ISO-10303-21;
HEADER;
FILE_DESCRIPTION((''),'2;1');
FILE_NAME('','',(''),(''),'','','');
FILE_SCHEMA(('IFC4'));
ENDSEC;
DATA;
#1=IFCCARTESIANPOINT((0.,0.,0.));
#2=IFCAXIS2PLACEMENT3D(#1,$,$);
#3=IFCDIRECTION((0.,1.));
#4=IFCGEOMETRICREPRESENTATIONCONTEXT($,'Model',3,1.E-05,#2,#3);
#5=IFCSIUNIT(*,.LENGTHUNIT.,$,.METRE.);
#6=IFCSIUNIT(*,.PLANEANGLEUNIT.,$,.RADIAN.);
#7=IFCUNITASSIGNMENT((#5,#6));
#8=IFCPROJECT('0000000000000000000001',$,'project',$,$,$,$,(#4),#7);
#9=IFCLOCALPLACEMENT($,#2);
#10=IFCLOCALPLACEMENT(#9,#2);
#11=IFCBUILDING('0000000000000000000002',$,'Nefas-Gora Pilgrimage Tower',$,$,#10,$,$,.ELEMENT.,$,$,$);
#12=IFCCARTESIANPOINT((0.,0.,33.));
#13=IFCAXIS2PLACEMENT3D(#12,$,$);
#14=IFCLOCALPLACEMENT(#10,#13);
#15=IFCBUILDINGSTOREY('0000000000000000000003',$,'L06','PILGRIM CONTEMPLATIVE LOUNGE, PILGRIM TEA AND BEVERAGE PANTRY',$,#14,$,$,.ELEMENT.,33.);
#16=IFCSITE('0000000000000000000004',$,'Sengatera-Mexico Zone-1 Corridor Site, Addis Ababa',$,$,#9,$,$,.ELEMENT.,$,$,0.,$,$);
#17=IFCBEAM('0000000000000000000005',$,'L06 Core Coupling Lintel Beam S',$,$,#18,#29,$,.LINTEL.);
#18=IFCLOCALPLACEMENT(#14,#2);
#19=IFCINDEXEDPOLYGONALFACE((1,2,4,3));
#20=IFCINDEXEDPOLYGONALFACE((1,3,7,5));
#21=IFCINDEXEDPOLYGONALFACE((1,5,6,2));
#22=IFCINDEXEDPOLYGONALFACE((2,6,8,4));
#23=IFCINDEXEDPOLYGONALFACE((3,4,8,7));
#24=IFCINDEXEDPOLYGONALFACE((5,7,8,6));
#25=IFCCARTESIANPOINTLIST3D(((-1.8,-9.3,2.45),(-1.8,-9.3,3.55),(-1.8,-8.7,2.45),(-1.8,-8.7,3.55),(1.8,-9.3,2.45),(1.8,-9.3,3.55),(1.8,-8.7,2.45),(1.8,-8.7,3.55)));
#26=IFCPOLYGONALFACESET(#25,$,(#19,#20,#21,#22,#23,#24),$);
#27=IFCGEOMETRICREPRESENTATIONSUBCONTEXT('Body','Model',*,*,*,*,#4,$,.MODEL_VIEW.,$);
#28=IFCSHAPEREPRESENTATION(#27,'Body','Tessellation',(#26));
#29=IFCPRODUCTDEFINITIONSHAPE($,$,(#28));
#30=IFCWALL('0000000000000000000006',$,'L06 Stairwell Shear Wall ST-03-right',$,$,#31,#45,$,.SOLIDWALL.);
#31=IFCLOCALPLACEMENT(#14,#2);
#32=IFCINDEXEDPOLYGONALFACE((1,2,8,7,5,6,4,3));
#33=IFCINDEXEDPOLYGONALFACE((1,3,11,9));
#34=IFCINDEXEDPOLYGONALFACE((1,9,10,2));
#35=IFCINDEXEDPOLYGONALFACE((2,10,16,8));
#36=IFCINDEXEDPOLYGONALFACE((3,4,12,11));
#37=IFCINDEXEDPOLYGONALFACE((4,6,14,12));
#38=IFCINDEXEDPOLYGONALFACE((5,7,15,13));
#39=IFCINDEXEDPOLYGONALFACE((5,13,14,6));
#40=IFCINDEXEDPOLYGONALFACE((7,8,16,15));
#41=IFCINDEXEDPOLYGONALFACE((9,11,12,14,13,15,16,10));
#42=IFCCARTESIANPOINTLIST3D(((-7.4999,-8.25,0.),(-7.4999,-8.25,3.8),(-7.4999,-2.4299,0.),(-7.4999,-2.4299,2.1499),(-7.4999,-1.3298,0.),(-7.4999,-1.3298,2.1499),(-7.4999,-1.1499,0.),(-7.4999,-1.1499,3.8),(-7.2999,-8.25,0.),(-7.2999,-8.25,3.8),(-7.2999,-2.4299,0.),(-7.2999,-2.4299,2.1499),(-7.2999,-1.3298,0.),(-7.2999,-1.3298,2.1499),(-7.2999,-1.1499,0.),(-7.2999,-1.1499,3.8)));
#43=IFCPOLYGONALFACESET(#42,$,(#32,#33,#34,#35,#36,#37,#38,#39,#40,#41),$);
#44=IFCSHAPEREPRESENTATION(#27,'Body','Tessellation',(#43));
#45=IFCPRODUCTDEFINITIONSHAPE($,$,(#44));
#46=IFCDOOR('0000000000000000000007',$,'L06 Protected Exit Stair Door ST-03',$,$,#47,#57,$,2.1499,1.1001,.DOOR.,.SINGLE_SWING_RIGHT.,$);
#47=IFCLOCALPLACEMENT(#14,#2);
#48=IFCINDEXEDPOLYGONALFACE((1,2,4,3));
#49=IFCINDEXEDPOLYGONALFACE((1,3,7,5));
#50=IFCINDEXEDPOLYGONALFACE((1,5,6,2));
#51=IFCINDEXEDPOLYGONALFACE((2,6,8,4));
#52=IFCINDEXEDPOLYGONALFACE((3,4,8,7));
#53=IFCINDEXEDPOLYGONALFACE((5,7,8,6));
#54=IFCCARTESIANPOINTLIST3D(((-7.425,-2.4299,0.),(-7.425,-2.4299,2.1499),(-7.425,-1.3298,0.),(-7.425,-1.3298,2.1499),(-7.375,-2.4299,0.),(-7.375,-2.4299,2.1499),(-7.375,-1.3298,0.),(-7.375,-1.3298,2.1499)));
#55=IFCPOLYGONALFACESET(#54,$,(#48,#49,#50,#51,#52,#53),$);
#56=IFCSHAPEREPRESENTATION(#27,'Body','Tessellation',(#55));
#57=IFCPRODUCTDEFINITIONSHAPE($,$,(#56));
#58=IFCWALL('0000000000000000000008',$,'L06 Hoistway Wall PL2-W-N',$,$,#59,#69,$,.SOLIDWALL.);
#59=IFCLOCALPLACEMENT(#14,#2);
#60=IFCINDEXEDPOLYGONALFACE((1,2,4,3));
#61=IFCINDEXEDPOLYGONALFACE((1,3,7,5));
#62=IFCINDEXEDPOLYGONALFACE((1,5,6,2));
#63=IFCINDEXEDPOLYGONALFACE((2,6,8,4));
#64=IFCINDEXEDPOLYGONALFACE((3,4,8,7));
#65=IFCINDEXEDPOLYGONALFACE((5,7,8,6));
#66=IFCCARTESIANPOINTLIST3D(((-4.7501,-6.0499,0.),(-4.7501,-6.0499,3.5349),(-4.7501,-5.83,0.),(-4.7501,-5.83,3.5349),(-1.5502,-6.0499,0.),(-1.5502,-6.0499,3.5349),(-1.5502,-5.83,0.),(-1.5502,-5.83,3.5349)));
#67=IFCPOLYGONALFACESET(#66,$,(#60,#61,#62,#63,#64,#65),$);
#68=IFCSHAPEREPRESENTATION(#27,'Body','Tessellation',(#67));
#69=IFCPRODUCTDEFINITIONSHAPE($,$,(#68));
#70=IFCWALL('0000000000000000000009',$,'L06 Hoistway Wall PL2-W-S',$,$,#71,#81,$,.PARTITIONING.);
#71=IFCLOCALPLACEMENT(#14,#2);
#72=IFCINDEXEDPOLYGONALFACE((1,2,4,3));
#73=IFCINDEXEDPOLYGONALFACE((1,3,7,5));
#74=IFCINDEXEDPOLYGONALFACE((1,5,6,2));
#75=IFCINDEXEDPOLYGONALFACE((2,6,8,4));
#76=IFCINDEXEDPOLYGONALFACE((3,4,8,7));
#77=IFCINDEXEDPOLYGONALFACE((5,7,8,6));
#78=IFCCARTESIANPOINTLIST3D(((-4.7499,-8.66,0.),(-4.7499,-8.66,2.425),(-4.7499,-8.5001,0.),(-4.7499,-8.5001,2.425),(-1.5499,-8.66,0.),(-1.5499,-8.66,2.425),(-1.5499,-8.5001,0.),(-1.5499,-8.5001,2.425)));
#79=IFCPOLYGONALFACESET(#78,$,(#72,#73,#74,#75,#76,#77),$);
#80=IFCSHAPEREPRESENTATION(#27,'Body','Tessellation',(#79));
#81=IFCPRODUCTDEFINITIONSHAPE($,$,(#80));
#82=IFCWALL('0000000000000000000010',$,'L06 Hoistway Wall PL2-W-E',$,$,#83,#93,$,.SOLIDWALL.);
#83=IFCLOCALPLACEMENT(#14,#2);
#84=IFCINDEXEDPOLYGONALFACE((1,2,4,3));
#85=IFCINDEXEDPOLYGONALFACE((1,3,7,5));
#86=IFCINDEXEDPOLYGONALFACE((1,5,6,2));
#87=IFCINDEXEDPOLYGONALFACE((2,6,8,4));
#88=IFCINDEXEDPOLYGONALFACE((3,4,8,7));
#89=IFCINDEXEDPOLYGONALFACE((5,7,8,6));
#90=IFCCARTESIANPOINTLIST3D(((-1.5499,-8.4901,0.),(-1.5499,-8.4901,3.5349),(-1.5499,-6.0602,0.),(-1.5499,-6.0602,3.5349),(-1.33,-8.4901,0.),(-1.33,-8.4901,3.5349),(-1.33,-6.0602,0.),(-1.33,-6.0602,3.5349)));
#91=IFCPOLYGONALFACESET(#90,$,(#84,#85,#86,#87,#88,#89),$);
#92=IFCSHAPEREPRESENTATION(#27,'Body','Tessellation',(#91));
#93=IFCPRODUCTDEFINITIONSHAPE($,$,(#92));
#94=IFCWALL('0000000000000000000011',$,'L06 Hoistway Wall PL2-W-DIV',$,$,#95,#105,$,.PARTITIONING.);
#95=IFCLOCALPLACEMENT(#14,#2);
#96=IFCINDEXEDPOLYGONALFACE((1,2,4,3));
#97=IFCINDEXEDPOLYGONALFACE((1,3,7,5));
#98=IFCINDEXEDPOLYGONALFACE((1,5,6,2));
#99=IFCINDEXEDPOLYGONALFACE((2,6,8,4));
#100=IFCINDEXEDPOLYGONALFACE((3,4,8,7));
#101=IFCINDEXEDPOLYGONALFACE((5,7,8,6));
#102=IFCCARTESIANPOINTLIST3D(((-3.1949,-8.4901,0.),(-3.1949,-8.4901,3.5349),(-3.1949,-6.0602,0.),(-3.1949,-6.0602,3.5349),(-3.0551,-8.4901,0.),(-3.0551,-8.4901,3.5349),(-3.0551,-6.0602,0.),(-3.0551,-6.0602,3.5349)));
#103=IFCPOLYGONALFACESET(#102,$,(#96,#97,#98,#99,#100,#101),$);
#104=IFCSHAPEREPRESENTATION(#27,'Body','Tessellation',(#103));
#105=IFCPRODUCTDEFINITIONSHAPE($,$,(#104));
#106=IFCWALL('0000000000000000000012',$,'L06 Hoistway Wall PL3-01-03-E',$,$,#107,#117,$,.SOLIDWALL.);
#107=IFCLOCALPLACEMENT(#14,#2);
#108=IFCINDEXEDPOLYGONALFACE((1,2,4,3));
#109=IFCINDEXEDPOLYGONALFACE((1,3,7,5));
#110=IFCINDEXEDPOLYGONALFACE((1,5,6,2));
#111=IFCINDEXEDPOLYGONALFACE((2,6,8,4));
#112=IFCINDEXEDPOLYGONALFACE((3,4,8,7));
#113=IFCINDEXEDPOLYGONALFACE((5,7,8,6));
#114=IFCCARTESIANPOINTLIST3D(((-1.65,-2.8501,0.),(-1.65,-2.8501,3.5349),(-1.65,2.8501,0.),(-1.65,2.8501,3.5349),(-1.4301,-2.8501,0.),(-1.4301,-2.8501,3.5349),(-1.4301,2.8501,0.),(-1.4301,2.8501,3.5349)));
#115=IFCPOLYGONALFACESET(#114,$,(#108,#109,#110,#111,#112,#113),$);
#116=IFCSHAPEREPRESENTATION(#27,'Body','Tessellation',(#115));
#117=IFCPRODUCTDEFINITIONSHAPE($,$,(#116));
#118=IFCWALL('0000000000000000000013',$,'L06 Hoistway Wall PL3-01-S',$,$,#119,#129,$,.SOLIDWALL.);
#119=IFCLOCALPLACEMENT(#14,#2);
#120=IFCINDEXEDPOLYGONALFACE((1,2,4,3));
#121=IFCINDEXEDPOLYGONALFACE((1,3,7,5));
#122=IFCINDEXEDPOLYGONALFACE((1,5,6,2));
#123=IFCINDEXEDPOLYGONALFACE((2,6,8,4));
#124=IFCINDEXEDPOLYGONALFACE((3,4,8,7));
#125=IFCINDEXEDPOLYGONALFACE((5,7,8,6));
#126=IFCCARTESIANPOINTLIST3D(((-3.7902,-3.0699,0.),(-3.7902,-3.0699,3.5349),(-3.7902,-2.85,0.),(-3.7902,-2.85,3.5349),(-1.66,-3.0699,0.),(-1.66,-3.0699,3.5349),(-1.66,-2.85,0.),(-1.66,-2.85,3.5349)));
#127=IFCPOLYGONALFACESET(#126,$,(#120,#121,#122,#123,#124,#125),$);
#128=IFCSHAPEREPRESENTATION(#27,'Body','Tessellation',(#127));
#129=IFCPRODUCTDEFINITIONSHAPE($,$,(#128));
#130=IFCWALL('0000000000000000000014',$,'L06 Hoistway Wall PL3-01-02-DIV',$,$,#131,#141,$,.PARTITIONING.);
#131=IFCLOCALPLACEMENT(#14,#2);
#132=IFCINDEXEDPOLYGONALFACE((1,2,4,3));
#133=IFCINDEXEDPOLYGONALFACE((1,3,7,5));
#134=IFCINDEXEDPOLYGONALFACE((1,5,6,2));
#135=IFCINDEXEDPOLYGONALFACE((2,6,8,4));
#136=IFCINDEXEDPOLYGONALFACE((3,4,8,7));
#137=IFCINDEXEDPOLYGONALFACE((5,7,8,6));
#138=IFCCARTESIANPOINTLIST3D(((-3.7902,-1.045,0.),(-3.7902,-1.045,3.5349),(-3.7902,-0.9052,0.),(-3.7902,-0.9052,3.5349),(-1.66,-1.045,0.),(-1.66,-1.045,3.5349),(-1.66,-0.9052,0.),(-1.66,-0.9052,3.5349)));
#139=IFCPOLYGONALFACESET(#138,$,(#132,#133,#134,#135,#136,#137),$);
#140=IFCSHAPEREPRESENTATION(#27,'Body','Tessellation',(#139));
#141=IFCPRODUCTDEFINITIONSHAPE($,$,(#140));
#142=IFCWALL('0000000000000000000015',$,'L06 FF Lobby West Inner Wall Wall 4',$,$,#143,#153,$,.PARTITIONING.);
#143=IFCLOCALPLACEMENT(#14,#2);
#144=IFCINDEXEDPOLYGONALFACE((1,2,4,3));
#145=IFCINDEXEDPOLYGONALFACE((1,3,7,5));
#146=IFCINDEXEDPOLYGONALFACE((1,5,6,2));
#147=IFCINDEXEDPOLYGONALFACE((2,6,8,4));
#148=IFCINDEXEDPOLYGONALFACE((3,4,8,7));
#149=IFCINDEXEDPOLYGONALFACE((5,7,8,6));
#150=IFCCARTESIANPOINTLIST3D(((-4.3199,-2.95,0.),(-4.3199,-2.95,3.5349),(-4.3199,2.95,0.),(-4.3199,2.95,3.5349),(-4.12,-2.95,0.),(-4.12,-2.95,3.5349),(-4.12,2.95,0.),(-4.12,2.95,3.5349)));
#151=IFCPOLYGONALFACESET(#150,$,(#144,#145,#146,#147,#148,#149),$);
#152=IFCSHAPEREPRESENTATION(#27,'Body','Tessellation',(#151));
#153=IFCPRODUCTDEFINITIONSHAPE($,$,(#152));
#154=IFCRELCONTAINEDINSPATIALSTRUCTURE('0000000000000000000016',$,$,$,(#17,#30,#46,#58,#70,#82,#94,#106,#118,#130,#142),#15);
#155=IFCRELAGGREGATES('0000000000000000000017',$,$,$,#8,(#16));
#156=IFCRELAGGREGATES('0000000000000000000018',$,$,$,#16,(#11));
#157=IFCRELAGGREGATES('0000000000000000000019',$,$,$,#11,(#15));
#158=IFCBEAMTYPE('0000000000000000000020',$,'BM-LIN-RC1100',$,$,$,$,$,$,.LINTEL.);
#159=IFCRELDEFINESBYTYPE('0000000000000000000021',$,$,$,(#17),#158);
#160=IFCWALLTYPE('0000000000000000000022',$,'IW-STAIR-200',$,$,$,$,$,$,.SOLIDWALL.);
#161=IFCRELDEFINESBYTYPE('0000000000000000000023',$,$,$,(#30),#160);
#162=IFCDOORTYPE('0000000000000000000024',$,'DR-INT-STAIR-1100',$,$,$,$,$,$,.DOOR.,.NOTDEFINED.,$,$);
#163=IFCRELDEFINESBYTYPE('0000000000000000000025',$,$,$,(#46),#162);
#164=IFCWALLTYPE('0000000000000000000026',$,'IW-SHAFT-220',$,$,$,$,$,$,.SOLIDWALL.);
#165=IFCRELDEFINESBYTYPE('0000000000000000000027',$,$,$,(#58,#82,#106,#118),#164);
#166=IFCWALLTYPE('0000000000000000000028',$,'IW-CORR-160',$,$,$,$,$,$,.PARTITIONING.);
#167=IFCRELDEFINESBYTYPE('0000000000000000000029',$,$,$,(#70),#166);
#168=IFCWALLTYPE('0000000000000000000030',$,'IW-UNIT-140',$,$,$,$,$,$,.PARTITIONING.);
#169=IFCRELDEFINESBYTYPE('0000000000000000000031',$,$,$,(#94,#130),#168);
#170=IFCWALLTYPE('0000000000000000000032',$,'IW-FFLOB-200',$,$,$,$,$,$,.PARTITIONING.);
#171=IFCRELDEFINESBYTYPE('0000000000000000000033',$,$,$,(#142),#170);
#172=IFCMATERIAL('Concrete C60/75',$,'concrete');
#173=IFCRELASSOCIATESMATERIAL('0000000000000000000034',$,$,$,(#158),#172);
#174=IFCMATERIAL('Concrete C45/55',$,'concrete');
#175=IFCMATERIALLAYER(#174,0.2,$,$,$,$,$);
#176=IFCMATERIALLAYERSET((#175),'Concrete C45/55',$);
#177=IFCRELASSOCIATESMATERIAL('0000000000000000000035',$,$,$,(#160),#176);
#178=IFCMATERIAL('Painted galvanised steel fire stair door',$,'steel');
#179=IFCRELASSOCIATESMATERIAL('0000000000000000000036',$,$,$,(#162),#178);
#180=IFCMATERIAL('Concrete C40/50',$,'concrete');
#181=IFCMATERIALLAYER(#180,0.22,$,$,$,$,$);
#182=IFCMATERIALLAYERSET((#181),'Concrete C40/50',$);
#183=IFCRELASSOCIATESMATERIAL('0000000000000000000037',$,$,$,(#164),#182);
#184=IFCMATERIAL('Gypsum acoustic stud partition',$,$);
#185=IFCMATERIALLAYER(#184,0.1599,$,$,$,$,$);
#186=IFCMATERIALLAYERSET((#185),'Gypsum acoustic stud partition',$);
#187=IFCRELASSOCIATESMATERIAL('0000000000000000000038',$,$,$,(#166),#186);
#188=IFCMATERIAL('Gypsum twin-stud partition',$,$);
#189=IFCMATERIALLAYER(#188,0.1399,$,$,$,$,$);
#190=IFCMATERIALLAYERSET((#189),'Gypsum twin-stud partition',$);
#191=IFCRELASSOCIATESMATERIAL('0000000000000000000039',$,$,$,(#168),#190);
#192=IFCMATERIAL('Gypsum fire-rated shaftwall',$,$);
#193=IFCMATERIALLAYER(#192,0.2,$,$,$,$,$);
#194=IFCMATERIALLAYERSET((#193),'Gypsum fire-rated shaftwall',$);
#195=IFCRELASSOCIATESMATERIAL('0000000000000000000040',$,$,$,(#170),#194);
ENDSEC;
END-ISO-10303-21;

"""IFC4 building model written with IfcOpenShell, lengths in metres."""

from ifc_helpers import new_model, si_unit, direction, frame, frame_2d, origin, origin_2d, place, context, subcontext, project, spatial, rectangle, extrude, source, transform, mapped, material, layer, layer_set, material_profile, profile_set, type_object, element, fill, save


model = new_model("IFC4")

# Units and contexts
model_context = context("Model", 3, precision=1e-05, world=origin(), true_north=direction((0.0, 1.0)))
body_context = subcontext(model_context, "Body", "Model", "MODEL_VIEW")
ifc_project = project(units=[si_unit("LENGTHUNIT", "METRE"), si_unit("PLANEANGLEUNIT", "RADIAN")], contexts=[model_context])

# Site, building, storey
site_placement = place(None, origin())
site = spatial("IfcSite", under=ifc_project, at=site_placement, Name="Sengatera-Mexico Zone-1 Corridor Site, Addis Ababa", CompositionType="ELEMENT", RefElevation=0.0)
building_placement = place(site_placement, origin())
building = spatial("IfcBuilding", under=site, at=building_placement, Name="Nefas-Gora Pilgrimage Tower", CompositionType="ELEMENT")
storey_placement = place(building_placement, frame((0.0, 0.0, 33.0)))
storey = spatial("IfcBuildingStorey", under=building, at=storey_placement, Name="L06", Description="PILGRIM CONTEMPLATIVE LOUNGE, PILGRIM TEA AND BEVERAGE PANTRY", CompositionType="ELEMENT", Elevation=33.0)

# Beam
ifc_material_1 = material(Name="Concrete C60/75", Category="concrete")
ifc_material_profile = material_profile(ifc_material_1, rectangle(XDim=0.6001, YDim=1.1001, at=origin_2d()), Name="RC 600x1100")
ifc_profile_set = profile_set([ifc_material_profile], Name="Concrete C60/75")
beam_type = type_object("IfcBeamType", Name="BM-LIN-RC1100", PredefinedType="LINTEL", material=ifc_profile_set)
shared_shape_1 = source(origin(), body_context, "Body", "SweptSolid", [
    extrude(rectangle(XDim=0.6001, YDim=1.1001, at=origin_2d()), origin(), (0.0, 0.0, 1.0), 3.6001),
])
beam_placement = place(storey_placement, frame((-1.8, -9.0, 3.0), z_axis=(1.0, 0.0, 0.0), x_axis=(0.0, 1.0, 0.0)))
element("IfcBeam", 1, at=beam_placement, inside=storey, type_object=beam_type, Name="L06 Core Coupling Lintel Beam S", PredefinedType="LINTEL", context=body_context, shape_type="MappedRepresentation", body=[
    mapped(shared_shape_1, transform((0.0, 0.0, 0.0), x_axis=(1.0, 0.0, 0.0), y_axis=(0.0, 1.0, 0.0), z_axis=(0.0, 0.0, 1.0), scale=1.0)),
])

# Wall, opening, door
ifc_material_2 = material(Name="Concrete C45/55", Category="concrete")
ifc_layer_1 = layer(ifc_material_2, 0.2)
ifc_layer_set_1 = layer_set([ifc_layer_1], Name="Concrete C45/55")
wall_type_1 = type_object("IfcWallType", Name="IW-STAIR-200", PredefinedType="SOLIDWALL", material=ifc_layer_set_1)
shared_shape_2 = source(origin(), body_context, "Body", "SweptSolid", [
    extrude(rectangle(XDim=7.1001, YDim=0.2, at=frame_2d((3.55, 0.0))), origin(), (0.0, 0.0, 1.0), 3.8),
])
wall_1_placement = place(storey_placement, frame((-7.3999, -1.1499, 0.0), z_axis=(0.0, 0.0, 1.0), x_axis=(0.0, -1.0, 0.0)))
wall_1 = element("IfcWall", 2, at=wall_1_placement, inside=storey, type_object=wall_type_1, Name="L06 Stairwell Shear Wall ST-03-right", PredefinedType="SOLIDWALL", context=body_context, shape_type="MappedRepresentation", body=[
    mapped(shared_shape_2, transform((0.0, 0.0, 0.0), x_axis=(1.0, 0.0, 0.0), y_axis=(0.0, 1.0, 0.0), z_axis=(0.0, 0.0, 1.0), scale=1.0)),
])
opening_1_placement = place(wall_1_placement, frame((0.1799, 0.0, 0.0)))
opening_1 = element("IfcOpeningElement", 3, at=opening_1_placement, cuts=wall_1, PredefinedType="OPENING", context=body_context, shape_type="SweptSolid", body=[
    extrude(rectangle(XDim=1.1001, YDim=2.1499, at=frame_2d((0.55, 1.075))), frame((0.0, 0.1099, 0.0), z_axis=(0.0, -1.0, 0.0), x_axis=(1.0, 0.0, 0.0)), (0.0, 0.0, 1.0), 0.22),
])
ifc_material_3 = material(Name="Painted galvanised steel fire stair door", Category="steel")
door_type_1 = type_object("IfcDoorType", Name="DR-INT-STAIR-1100", OperationType="NOTDEFINED", PredefinedType="DOOR", material=ifc_material_3)
shared_shape_3 = source(origin(), body_context, "Body", "SweptSolid", [
    extrude(rectangle(XDim=1.1001, YDim=2.1499, at=frame_2d((0.55, 1.075))), frame((0.0, 0.0249, 0.0), z_axis=(0.0, -1.0, 0.0), x_axis=(1.0, 0.0, 0.0)), (0.0, 0.0, 1.0), 0.05),
])
door_1_placement = place(opening_1_placement, origin())
door_1 = element("IfcDoor", 4, at=door_1_placement, inside=storey, type_object=door_type_1, Name="L06 Protected Exit Stair Door ST-03", OperationType="SINGLE_SWING_RIGHT", OverallHeight=2.1499, OverallWidth=1.1001, PredefinedType="DOOR", context=body_context, shape_type="MappedRepresentation", body=[
    mapped(shared_shape_3, transform((0.0, 0.0, 0.0), x_axis=(1.0, 0.0, 0.0), y_axis=(0.0, 1.0, 0.0), z_axis=(0.0, 0.0, 1.0), scale=1.0)),
])
fill(opening_1, door_1)

# Walls
ifc_material_4 = material(Name="Concrete C40/50", Category="concrete")
ifc_layer_2 = layer(ifc_material_4, 0.22)
ifc_layer_set_2 = layer_set([ifc_layer_2], Name="Concrete C40/50")
wall_type_2 = type_object("IfcWallType", Name="IW-SHAFT-220", PredefinedType="SOLIDWALL", material=ifc_layer_set_2)
shared_shape_4 = source(origin(), body_context, "Body", "SweptSolid", [
    extrude(rectangle(XDim=3.2, YDim=0.22, at=frame_2d((1.6001, 0.0))), origin(), (0.0, 0.0, 1.0), 3.5349),
])
wall_2_placement = place(storey_placement, frame((-1.55, -5.9399, 0.0), z_axis=(0.0, 0.0, 1.0), x_axis=(-1.0, 0.0, 0.0)))
element("IfcWall", 5, at=wall_2_placement, inside=storey, type_object=wall_type_2, Name="L06 Hoistway Wall PL2-W-N", PredefinedType="SOLIDWALL", context=body_context, shape_type="MappedRepresentation", body=[
    mapped(shared_shape_4, transform((0.0, 0.0, 0.0), x_axis=(1.0, 0.0, 0.0), y_axis=(0.0, 1.0, 0.0), z_axis=(0.0, 0.0, 1.0), scale=1.0)),
])
ifc_material_5 = material(Name="Gypsum acoustic stud partition")
ifc_layer_3 = layer(ifc_material_5, 0.1599)
ifc_layer_set_3 = layer_set([ifc_layer_3], Name="Gypsum acoustic stud partition")
wall_type_3 = type_object("IfcWallType", Name="IW-CORR-160", PredefinedType="PARTITIONING", material=ifc_layer_set_3)
shared_shape_5 = source(origin(), body_context, "Body", "SweptSolid", [
    extrude(rectangle(XDim=3.2, YDim=0.1599, at=frame_2d((1.6001, 0.0))), origin(), (0.0, 0.0, 1.0), 2.425),
])
wall_3_placement = place(storey_placement, frame((-4.75, -8.5801, 0.0), z_axis=(0.0, 0.0, 1.0), x_axis=(1.0, 0.0, 0.0)))
element("IfcWall", 6, at=wall_3_placement, inside=storey, type_object=wall_type_3, Name="L06 Hoistway Wall PL2-W-S", PredefinedType="PARTITIONING", context=body_context, shape_type="MappedRepresentation", body=[
    mapped(shared_shape_5, transform((0.0, 0.0, 0.0), x_axis=(1.0, 0.0, 0.0), y_axis=(0.0, 1.0, 0.0), z_axis=(0.0, 0.0, 1.0), scale=1.0)),
])
shared_shape_6 = source(origin(), body_context, "Body", "SweptSolid", [
    extrude(rectangle(XDim=2.4299, YDim=0.22, at=frame_2d((1.2148, 0.0))), origin(), (0.0, 0.0, 1.0), 3.5349),
])
for number, where, z_axis, x_axis, name in (
    (7, (-1.4399, -8.49, 0.0), (0.0, 0.0, 1.0), (0.0, 1.0, 0.0), "L06 Hoistway Wall PL2-W-E"),
):
    element("IfcWall", number, at=place(storey_placement, frame(where, z_axis=z_axis, x_axis=x_axis)), inside=storey, type_object=wall_type_2, Name=name, PredefinedType="SOLIDWALL", context=body_context, shape_type="MappedRepresentation", body=[
        mapped(shared_shape_6, transform((0.0, 0.0, 0.0), x_axis=(1.0, 0.0, 0.0), y_axis=(0.0, 1.0, 0.0), z_axis=(0.0, 0.0, 1.0), scale=1.0)),
    ])
ifc_material_6 = material(Name="Gypsum twin-stud partition")
ifc_layer_4 = layer(ifc_material_6, 0.1399)
ifc_layer_set_4 = layer_set([ifc_layer_4], Name="Gypsum twin-stud partition")
wall_type_4 = type_object("IfcWallType", Name="IW-UNIT-140", PredefinedType="PARTITIONING", material=ifc_layer_set_4)
shared_shape_7 = source(origin(), body_context, "Body", "SweptSolid", [
    extrude(rectangle(XDim=2.4299, YDim=0.1399, at=frame_2d((1.2148, 0.0))), origin(), (0.0, 0.0, 1.0), 3.5349),
])
wall_4_placement = place(storey_placement, frame((-3.125, -8.49, 0.0), z_axis=(0.0, 0.0, 1.0), x_axis=(0.0, 1.0, 0.0)))
element("IfcWall", 8, at=wall_4_placement, inside=storey, type_object=wall_type_4, Name="L06 Hoistway Wall PL2-W-DIV", PredefinedType="PARTITIONING", context=body_context, shape_type="MappedRepresentation", body=[
    mapped(shared_shape_7, transform((0.0, 0.0, 0.0), x_axis=(1.0, 0.0, 0.0), y_axis=(0.0, 1.0, 0.0), z_axis=(0.0, 0.0, 1.0), scale=1.0)),
])
shared_shape_8 = source(origin(), body_context, "Body", "SweptSolid", [
    extrude(rectangle(XDim=5.7002, YDim=0.22, at=frame_2d((2.8501, 0.0))), origin(), (0.0, 0.0, 1.0), 3.5349),
])
wall_5_placement = place(storey_placement, frame((-1.54, -2.8501, 0.0), z_axis=(0.0, 0.0, 1.0), x_axis=(0.0, 1.0, 0.0)))
element("IfcWall", 9, at=wall_5_placement, inside=storey, type_object=wall_type_2, Name="L06 Hoistway Wall PL3-01-03-E", PredefinedType="SOLIDWALL", context=body_context, shape_type="MappedRepresentation", body=[
    mapped(shared_shape_8, transform((0.0, 0.0, 0.0), x_axis=(1.0, 0.0, 0.0), y_axis=(0.0, 1.0, 0.0), z_axis=(0.0, 0.0, 1.0), scale=1.0)),
])
shared_shape_9 = source(origin(), body_context, "Body", "SweptSolid", [
    extrude(rectangle(XDim=2.1301, YDim=0.22, at=frame_2d((1.0649, 0.0))), origin(), (0.0, 0.0, 1.0), 3.5349),
])
wall_6_placement = place(storey_placement, frame((-3.79, -2.96, 0.0), z_axis=(0.0, 0.0, 1.0), x_axis=(1.0, 0.0, 0.0)))
element("IfcWall", 10, at=wall_6_placement, inside=storey, type_object=wall_type_2, Name="L06 Hoistway Wall PL3-01-S", PredefinedType="SOLIDWALL", context=body_context, shape_type="MappedRepresentation", body=[
    mapped(shared_shape_9, transform((0.0, 0.0, 0.0), x_axis=(1.0, 0.0, 0.0), y_axis=(0.0, 1.0, 0.0), z_axis=(0.0, 0.0, 1.0), scale=1.0)),
])
shared_shape_10 = source(origin(), body_context, "Body", "SweptSolid", [
    extrude(rectangle(XDim=2.1301, YDim=0.1399, at=frame_2d((1.0649, 0.0))), origin(), (0.0, 0.0, 1.0), 3.5349),
])
wall_7_placement = place(storey_placement, frame((-3.79, -0.9751, 0.0), z_axis=(0.0, 0.0, 1.0), x_axis=(1.0, 0.0, 0.0)))
element("IfcWall", 11, at=wall_7_placement, inside=storey, type_object=wall_type_4, Name="L06 Hoistway Wall PL3-01-02-DIV", PredefinedType="PARTITIONING", context=body_context, shape_type="MappedRepresentation", body=[
    mapped(shared_shape_10, transform((0.0, 0.0, 0.0), x_axis=(1.0, 0.0, 0.0), y_axis=(0.0, 1.0, 0.0), z_axis=(0.0, 0.0, 1.0), scale=1.0)),
])
ifc_material_7 = material(Name="Gypsum fire-rated shaftwall")
ifc_layer_5 = layer(ifc_material_7, 0.2)
ifc_layer_set_5 = layer_set([ifc_layer_5], Name="Gypsum fire-rated shaftwall")
wall_type_5 = type_object("IfcWallType", Name="IW-FFLOB-200", PredefinedType="PARTITIONING", material=ifc_layer_set_5)
shared_shape_11 = source(origin(), body_context, "Body", "SweptSolid", [
    extrude(rectangle(XDim=5.8999, YDim=0.2, at=frame_2d((2.95, 0.0))), origin(), (0.0, 0.0, 1.0), 3.5349),
])
wall_8_placement = place(storey_placement, frame((-4.22, -2.95, 0.0), z_axis=(0.0, 0.0, 1.0), x_axis=(0.0, 1.0, 0.0)))
element("IfcWall", 12, at=wall_8_placement, inside=storey, type_object=wall_type_5, Name="L06 FF Lobby West Inner Wall Wall 4", PredefinedType="PARTITIONING", context=body_context, shape_type="MappedRepresentation", body=[
    mapped(shared_shape_11, transform((0.0, 0.0, 0.0), x_axis=(1.0, 0.0, 0.0), y_axis=(0.0, 1.0, 0.0), z_axis=(0.0, 0.0, 1.0), scale=1.0)),
])

save(model, "model.ifc")
